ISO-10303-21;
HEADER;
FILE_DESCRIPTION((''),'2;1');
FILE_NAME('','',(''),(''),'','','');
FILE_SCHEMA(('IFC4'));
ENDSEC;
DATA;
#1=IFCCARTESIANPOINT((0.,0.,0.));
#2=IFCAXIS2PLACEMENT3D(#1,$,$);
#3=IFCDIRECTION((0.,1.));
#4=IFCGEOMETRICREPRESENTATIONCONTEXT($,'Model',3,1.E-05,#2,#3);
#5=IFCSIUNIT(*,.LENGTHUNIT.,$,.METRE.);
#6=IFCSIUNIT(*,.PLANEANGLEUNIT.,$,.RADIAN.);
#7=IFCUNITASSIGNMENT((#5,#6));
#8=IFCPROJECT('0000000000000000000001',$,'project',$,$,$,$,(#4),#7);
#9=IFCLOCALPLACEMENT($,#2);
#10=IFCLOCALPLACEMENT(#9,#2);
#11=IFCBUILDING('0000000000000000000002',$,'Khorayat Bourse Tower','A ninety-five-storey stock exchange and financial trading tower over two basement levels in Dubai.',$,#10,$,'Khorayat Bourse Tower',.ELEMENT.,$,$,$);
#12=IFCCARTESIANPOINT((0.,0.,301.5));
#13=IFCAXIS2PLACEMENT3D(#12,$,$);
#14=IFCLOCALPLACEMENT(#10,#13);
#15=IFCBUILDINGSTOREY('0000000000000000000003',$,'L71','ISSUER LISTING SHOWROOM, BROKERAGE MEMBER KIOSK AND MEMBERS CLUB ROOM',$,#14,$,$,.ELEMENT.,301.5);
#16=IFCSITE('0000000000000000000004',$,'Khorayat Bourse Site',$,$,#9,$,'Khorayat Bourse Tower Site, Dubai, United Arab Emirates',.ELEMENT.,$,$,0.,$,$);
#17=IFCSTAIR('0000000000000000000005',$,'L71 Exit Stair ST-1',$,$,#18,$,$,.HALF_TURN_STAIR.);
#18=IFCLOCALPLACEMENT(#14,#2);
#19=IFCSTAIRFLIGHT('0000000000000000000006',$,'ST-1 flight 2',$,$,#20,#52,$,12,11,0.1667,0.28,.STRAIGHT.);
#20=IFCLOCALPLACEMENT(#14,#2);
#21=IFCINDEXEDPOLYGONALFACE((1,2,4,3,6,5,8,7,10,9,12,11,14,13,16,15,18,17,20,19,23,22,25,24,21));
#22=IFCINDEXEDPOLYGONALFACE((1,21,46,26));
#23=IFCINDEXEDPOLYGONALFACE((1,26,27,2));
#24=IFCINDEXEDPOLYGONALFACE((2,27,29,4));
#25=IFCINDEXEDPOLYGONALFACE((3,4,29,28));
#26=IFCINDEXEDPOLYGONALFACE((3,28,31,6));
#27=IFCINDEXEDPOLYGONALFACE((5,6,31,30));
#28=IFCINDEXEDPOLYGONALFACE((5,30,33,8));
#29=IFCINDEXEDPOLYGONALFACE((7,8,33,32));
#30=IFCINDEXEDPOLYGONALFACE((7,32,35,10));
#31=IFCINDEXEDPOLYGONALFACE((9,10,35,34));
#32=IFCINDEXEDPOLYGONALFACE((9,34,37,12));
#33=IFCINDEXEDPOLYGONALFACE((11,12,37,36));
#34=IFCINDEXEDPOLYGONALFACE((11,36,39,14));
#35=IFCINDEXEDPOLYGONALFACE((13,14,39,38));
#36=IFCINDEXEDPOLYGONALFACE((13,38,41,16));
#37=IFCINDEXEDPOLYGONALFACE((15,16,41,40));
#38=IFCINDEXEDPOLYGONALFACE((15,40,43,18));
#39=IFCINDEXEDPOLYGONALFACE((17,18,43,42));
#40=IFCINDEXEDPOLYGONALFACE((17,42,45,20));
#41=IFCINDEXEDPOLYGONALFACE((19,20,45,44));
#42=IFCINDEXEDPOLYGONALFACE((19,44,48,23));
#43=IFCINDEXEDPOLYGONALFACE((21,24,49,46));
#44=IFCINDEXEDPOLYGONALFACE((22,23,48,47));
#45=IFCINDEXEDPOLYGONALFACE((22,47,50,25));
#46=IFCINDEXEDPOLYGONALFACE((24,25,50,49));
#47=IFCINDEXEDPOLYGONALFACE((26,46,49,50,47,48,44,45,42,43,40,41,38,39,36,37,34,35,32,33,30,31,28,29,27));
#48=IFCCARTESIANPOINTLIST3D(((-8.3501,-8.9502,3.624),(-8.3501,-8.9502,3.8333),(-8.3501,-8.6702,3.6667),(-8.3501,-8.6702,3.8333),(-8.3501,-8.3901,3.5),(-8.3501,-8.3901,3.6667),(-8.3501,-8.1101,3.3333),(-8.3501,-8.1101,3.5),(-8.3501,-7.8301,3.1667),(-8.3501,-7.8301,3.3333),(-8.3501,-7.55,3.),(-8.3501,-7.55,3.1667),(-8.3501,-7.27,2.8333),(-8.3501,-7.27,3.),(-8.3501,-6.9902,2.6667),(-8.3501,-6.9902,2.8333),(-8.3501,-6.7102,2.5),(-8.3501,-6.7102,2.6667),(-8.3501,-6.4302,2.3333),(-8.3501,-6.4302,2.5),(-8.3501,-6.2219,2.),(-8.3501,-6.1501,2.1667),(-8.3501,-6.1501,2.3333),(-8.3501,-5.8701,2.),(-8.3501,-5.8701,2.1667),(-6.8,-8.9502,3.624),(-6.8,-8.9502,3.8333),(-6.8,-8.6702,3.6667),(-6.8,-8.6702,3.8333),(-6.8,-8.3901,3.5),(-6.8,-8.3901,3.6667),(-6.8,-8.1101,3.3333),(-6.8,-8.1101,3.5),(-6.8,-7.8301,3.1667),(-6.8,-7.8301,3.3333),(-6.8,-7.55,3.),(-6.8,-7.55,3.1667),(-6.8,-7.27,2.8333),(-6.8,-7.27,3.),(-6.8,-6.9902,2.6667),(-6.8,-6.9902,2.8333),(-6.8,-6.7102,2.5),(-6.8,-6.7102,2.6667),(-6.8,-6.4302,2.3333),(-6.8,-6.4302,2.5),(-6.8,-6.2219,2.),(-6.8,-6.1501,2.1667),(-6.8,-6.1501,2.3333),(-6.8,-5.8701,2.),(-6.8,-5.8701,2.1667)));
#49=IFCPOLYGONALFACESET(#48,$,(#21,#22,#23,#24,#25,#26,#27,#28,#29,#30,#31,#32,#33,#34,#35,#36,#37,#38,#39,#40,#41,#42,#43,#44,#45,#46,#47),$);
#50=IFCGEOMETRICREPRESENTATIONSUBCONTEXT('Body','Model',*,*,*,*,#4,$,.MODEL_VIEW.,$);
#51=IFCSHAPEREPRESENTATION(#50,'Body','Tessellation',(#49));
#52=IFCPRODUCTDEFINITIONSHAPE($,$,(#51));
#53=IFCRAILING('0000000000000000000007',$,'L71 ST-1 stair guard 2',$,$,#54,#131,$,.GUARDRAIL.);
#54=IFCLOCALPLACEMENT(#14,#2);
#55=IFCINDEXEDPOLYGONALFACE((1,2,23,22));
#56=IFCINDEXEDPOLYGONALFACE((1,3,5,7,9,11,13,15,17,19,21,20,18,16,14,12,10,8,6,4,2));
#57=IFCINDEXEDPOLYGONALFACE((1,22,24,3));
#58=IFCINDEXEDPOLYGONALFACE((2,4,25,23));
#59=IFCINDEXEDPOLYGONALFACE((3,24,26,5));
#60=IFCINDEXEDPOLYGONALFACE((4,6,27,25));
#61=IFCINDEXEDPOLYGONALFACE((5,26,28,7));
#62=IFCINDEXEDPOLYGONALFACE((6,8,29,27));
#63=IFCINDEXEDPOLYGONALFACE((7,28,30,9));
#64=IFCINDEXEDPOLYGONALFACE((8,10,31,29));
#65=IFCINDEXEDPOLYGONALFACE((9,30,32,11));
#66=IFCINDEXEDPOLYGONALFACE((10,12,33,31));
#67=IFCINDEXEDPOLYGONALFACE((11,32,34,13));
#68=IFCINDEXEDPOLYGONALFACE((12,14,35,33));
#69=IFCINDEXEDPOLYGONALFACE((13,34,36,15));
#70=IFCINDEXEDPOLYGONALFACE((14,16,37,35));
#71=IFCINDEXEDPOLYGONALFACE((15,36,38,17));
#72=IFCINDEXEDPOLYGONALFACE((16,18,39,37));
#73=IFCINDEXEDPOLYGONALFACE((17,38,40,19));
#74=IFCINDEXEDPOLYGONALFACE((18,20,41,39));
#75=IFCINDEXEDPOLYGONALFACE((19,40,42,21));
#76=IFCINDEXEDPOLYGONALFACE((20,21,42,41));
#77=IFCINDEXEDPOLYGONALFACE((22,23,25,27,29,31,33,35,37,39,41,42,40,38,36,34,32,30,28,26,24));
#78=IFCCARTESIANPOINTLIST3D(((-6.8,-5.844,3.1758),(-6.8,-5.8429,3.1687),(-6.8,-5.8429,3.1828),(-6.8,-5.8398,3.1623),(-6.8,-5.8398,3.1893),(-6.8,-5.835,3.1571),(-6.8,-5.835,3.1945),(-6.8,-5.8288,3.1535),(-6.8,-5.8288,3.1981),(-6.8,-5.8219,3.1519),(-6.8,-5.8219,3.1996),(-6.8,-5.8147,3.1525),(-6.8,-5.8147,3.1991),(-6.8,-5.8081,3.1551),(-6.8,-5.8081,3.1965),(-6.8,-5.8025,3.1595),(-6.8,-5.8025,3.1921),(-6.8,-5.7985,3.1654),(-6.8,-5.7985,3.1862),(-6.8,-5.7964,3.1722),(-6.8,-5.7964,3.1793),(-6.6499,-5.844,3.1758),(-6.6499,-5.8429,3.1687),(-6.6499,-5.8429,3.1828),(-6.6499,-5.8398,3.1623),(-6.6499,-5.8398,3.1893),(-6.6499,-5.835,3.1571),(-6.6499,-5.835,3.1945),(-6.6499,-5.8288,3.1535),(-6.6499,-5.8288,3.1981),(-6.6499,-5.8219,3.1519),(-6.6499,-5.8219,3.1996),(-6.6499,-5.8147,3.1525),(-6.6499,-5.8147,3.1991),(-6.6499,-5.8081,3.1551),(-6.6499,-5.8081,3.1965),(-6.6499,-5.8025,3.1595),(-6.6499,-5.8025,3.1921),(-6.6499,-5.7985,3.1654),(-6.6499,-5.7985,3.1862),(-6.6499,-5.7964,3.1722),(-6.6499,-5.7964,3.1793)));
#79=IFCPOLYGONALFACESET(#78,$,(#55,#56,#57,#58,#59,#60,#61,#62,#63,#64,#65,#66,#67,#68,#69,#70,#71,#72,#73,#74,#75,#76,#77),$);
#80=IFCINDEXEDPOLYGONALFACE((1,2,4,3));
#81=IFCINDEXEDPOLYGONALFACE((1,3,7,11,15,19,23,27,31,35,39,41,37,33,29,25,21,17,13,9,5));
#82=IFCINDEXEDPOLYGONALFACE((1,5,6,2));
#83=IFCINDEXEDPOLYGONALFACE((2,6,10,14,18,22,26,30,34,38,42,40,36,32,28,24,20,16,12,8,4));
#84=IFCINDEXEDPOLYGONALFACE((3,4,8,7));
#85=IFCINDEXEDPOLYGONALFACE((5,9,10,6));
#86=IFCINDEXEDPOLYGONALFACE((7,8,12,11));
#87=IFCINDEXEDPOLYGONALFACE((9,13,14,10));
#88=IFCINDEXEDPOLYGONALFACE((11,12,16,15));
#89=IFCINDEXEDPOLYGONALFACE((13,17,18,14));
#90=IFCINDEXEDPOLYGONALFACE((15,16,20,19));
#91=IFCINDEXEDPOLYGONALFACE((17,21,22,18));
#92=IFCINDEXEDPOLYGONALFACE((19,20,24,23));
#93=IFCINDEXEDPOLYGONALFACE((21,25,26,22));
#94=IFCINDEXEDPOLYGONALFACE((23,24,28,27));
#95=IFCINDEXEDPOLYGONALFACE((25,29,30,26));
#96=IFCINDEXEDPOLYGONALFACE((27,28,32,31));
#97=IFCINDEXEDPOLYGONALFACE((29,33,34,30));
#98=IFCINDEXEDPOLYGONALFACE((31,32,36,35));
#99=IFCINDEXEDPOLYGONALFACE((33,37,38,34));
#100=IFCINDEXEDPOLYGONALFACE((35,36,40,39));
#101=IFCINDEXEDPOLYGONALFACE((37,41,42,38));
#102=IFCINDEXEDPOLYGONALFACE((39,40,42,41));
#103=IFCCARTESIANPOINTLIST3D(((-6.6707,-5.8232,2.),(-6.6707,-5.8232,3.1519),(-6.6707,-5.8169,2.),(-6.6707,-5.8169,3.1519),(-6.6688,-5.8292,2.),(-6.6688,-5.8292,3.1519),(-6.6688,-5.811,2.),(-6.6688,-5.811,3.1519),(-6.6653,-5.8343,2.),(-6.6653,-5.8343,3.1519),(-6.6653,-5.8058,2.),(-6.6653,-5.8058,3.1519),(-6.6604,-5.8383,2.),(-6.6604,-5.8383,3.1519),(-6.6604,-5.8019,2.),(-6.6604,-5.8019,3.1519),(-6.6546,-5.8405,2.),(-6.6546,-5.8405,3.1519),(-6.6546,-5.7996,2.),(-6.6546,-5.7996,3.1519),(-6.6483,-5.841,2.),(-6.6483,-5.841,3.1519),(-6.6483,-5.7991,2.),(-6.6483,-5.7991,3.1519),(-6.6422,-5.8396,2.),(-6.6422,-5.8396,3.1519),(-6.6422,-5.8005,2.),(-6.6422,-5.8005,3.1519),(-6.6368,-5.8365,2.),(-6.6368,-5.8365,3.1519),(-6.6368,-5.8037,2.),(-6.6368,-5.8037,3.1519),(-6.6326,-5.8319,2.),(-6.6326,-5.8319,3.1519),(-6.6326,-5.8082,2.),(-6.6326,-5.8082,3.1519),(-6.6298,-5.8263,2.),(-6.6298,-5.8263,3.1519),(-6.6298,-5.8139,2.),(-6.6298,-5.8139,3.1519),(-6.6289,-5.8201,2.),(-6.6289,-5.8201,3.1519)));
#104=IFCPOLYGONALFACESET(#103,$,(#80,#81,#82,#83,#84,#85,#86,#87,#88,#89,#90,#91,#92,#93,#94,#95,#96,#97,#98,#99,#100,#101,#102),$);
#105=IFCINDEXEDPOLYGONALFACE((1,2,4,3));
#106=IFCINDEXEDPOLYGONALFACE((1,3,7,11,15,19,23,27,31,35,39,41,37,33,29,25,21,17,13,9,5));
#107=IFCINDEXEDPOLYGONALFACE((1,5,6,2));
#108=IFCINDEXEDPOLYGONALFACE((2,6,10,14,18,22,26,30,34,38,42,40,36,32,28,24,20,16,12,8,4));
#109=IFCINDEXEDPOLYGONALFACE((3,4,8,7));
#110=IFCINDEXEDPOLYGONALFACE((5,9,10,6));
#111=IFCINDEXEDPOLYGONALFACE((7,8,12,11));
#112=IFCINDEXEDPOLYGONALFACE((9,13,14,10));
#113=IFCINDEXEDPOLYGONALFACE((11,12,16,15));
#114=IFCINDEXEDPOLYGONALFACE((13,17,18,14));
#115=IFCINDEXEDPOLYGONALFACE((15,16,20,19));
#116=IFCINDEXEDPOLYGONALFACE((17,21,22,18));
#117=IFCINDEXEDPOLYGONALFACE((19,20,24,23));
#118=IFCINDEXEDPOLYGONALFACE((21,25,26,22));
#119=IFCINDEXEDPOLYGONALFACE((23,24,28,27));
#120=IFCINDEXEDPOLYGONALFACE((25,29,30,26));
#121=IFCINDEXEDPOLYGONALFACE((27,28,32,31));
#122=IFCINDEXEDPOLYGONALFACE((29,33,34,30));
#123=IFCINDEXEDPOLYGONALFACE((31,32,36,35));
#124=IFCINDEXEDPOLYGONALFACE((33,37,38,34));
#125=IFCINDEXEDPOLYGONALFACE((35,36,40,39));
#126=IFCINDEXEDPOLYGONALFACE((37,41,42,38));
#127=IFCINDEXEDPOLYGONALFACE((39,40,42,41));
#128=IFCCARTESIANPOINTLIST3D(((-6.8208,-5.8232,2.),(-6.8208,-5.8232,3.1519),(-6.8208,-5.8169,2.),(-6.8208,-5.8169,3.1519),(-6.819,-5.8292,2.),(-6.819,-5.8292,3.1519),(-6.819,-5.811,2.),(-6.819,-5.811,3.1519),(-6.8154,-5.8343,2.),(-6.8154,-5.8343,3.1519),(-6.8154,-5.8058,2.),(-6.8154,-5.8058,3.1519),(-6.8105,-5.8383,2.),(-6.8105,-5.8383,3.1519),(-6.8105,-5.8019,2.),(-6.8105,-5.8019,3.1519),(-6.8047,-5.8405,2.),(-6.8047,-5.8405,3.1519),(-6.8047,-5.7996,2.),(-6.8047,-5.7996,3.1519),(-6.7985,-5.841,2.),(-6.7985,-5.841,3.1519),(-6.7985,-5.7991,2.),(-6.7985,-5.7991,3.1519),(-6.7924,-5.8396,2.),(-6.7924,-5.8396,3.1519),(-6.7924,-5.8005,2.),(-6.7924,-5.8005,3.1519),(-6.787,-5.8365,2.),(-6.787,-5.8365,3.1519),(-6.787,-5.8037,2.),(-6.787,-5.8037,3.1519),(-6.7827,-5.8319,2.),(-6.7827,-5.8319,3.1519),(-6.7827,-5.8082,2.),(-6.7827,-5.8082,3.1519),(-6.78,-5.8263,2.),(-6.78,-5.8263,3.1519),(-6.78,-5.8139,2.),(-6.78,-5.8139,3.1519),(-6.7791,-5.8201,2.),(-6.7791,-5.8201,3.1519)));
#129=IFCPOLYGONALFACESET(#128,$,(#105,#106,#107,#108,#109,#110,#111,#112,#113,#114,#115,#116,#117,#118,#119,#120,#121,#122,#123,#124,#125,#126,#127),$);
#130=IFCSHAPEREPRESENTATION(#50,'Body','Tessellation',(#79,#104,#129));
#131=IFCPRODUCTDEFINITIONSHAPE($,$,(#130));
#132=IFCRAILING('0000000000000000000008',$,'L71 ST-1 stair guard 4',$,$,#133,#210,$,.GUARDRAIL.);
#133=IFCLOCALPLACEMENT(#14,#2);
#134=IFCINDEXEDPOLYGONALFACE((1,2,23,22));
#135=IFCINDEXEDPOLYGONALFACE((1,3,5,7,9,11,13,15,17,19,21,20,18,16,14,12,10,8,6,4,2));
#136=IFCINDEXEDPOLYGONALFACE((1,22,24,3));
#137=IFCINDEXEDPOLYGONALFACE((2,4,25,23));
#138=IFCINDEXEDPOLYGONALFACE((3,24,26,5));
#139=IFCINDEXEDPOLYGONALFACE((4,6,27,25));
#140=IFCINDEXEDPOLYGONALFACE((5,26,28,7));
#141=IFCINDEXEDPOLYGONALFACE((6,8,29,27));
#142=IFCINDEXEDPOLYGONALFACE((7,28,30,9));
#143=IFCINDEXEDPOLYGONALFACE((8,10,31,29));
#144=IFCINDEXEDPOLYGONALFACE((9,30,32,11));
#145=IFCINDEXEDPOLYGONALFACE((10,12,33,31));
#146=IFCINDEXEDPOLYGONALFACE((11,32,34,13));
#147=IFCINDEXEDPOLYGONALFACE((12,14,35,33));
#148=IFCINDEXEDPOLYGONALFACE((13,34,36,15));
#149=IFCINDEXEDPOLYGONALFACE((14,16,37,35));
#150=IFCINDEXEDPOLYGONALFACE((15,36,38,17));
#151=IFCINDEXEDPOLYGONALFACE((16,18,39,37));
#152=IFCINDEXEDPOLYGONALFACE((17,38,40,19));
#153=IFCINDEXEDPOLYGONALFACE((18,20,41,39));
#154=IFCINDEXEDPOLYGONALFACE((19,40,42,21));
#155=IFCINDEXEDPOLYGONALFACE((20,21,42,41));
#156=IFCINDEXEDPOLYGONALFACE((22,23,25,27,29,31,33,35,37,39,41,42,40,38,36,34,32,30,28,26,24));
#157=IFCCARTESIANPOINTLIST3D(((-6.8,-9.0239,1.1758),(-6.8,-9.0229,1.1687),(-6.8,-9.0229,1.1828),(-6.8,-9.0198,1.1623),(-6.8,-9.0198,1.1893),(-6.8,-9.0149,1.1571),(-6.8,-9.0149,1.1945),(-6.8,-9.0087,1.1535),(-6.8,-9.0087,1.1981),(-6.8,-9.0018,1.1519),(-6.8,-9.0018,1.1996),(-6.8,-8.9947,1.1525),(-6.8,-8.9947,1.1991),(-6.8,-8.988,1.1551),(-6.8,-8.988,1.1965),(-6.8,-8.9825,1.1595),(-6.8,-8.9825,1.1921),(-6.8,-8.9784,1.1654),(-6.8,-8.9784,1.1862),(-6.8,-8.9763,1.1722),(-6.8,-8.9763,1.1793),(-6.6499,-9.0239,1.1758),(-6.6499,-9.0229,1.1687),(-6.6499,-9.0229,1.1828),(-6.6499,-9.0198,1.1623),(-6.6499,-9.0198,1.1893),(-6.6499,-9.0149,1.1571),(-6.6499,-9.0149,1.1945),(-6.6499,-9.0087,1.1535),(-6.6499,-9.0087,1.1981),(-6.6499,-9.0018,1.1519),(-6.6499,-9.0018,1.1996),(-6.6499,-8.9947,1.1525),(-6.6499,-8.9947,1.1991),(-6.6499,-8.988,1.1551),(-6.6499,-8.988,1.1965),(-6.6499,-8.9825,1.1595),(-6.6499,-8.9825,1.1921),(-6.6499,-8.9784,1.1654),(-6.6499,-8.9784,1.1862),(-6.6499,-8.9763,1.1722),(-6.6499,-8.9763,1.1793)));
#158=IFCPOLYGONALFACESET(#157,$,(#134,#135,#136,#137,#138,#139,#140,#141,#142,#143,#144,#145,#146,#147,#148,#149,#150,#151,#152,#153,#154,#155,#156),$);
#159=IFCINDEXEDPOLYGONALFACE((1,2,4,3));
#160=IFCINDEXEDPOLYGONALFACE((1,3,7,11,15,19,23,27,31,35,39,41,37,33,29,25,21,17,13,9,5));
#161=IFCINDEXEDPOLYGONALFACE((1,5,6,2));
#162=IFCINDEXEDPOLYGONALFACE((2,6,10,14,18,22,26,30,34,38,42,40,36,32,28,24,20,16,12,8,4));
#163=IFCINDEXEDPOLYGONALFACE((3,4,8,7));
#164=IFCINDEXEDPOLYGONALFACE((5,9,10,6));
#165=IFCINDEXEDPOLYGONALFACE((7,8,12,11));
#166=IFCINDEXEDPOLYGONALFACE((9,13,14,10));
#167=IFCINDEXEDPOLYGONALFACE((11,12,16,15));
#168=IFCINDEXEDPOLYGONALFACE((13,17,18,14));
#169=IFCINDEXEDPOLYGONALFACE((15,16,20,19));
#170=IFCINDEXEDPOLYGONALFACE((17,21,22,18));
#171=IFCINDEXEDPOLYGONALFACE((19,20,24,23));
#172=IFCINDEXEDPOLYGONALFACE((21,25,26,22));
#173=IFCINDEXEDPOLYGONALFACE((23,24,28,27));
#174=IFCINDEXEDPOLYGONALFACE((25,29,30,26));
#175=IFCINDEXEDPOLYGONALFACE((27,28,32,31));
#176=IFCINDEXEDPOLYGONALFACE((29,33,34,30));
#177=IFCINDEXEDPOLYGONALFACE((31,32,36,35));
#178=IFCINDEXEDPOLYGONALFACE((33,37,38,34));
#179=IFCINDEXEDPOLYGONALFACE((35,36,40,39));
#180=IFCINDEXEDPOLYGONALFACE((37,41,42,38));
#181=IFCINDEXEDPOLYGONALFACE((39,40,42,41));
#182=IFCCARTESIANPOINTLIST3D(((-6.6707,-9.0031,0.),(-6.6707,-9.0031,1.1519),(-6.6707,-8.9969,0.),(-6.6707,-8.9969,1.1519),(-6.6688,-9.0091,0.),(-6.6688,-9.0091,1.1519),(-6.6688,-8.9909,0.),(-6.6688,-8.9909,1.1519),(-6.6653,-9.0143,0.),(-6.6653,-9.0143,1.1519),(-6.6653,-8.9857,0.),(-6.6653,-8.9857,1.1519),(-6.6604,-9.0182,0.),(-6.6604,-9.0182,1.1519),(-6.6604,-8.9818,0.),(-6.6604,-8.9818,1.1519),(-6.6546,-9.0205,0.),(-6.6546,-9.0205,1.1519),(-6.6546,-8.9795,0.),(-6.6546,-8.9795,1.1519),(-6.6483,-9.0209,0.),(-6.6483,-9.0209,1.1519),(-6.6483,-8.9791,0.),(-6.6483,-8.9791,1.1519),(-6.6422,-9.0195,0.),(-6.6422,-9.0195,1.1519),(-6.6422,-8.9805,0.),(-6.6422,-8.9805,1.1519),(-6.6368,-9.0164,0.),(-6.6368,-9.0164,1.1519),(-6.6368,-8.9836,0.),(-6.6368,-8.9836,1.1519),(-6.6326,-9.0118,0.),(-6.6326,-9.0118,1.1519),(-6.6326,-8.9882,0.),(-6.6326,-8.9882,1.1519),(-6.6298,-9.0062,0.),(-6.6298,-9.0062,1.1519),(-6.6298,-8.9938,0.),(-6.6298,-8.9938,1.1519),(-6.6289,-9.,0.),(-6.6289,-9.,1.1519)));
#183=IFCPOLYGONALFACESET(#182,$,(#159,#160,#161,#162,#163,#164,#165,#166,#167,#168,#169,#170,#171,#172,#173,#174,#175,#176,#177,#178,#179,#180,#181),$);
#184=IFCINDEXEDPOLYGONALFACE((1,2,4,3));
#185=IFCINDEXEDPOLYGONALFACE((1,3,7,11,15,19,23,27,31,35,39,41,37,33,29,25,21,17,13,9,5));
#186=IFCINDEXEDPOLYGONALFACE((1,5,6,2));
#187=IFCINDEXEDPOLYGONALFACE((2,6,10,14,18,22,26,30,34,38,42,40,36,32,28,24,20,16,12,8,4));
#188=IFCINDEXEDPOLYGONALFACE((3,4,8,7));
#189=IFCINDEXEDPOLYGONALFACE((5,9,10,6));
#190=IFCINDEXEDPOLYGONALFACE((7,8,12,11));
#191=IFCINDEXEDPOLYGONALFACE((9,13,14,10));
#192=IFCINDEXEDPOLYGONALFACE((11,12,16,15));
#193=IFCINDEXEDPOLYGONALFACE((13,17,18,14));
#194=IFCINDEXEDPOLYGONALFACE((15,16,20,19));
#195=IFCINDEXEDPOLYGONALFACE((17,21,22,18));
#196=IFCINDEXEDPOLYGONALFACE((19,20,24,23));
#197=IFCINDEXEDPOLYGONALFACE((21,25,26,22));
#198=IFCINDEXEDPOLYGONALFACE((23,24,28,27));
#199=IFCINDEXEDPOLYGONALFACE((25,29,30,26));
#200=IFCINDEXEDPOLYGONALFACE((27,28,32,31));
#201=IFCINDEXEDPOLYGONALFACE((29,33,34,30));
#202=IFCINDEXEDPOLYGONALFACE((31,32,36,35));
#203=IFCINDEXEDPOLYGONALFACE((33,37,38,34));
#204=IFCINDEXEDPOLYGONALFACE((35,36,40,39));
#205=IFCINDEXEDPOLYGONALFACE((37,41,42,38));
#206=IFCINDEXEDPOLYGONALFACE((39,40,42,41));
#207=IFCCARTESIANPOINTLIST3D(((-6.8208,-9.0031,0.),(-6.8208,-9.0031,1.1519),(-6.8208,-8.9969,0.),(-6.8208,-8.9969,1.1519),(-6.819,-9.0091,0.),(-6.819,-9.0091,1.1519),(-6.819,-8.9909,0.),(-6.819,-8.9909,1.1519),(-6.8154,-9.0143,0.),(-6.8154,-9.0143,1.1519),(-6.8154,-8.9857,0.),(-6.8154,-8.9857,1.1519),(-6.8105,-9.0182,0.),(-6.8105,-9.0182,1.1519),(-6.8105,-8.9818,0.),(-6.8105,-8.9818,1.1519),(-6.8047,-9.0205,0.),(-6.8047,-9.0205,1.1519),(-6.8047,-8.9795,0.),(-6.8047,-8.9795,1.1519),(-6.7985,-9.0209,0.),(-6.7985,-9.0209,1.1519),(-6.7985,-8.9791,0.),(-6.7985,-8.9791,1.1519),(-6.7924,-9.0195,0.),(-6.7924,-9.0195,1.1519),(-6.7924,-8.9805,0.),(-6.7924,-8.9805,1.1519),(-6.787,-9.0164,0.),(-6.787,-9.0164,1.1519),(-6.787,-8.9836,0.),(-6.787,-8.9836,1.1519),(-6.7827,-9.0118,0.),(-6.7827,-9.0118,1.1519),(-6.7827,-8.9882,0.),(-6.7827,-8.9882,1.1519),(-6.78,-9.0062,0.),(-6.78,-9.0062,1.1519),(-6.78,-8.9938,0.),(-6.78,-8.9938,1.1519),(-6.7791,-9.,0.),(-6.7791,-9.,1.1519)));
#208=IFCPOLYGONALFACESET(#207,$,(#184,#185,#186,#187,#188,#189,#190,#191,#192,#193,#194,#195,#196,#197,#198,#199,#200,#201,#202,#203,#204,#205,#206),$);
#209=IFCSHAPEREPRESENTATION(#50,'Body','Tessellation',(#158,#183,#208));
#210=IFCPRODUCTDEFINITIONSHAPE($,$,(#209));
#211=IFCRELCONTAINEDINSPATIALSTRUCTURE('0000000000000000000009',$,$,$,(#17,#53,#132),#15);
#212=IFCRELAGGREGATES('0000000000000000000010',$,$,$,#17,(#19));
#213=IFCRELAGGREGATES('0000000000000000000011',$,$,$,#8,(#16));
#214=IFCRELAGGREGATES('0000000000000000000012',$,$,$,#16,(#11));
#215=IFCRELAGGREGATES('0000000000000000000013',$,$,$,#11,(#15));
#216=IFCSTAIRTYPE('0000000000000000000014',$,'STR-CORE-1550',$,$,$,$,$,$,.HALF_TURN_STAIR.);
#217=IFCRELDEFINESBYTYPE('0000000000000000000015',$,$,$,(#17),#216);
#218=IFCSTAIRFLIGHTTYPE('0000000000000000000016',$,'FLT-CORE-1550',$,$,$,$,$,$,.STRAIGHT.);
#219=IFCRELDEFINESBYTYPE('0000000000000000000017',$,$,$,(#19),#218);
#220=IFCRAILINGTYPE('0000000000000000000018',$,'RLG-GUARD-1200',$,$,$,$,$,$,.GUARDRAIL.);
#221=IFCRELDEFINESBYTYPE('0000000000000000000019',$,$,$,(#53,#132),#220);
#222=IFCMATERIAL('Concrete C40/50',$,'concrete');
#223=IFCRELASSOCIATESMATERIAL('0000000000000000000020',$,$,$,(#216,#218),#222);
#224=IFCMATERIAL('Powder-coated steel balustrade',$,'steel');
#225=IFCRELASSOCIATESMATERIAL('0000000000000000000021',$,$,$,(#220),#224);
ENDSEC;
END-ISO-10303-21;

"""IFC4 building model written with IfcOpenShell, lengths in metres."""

from ifc_helpers import new_model, si_unit, direction, frame, origin, origin_2d, place, context, subcontext, project, spatial, polyline, circle, outline, extrude, source, transform, mapped, material, type_object, element, aggregate, save


model = new_model("IFC4")

# Units and contexts
model_context = context("Model", 3, precision=1e-05, world=origin(), true_north=direction((0.0, 1.0)))
body_context = subcontext(model_context, "Body", "Model", "MODEL_VIEW")
ifc_project = project(units=[si_unit("LENGTHUNIT", "METRE"), si_unit("PLANEANGLEUNIT", "RADIAN")], contexts=[model_context])

# Site, building, storey
site_placement = place(None, origin())
site = spatial("IfcSite", under=ifc_project, at=site_placement, Name="Khorayat Bourse Site", LongName="Khorayat Bourse Tower Site, Dubai, United Arab Emirates", CompositionType="ELEMENT", RefElevation=0.0)
building_placement = place(site_placement, origin())
building = spatial("IfcBuilding", under=site, at=building_placement, Name="Khorayat Bourse Tower", Description="A ninety-five-storey stock exchange and financial trading tower over two basement levels in Dubai.", LongName="Khorayat Bourse Tower", CompositionType="ELEMENT")
storey_placement = place(building_placement, frame((0.0, 0.0, 301.5)))
storey = spatial("IfcBuildingStorey", under=building, at=storey_placement, Name="L71", Description="ISSUER LISTING SHOWROOM, BROKERAGE MEMBER KIOSK AND MEMBERS CLUB ROOM", CompositionType="ELEMENT", Elevation=301.5)

# Stair, stair flight
ifc_material_1 = material(Name="Concrete C40/50", Category="concrete")
stair_type = type_object("IfcStairType", Name="STR-CORE-1550", PredefinedType="HALF_TURN_STAIR", material=ifc_material_1)
stair_placement = place(storey_placement, origin())
stair = element("IfcStair", 1, at=stair_placement, inside=storey, type_object=stair_type, Name="L71 Exit Stair ST-1", PredefinedType="HALF_TURN_STAIR")
stair_flight_type = type_object("IfcStairFlightType", Name="FLT-CORE-1550", PredefinedType="STRAIGHT", material=ifc_material_1)
shared_shape_1 = source(origin(), body_context, "Body", "SweptSolid", [
    extrude(outline(polyline([(0.0, 0.0), (0.0, 0.1667), (0.28, 0.1667), (0.28, 0.3333), (0.5601, 0.3333), (0.5601, 0.5), (0.8401, 0.5), (0.8401, 0.6667), (1.1201, 0.6667), (1.1201, 0.8333), (1.3999, 0.8333), (1.3999, 1.0), (1.6799, 1.0), (1.6799, 1.1667), (1.96, 1.1667), (1.96, 1.3333), (2.24, 1.3333), (2.24, 1.5), (2.52, 1.5), (2.52, 1.6667), (2.8, 1.6667), (2.8, 1.8333), (3.0801, 1.8333), (3.0801, 2.0), (3.0801, 1.624), (0.3518, 0.0), (0.0, 0.0)])), frame((0.0, 0.7749, 0.0), z_axis=(0.0, -1.0, 0.0), x_axis=(1.0, 0.0, 0.0)), (0.0, 0.0, 1.0), 1.55),
])
stair_flight_1_placement = place(storey_placement, frame((-7.575, -5.8701, 2.0), z_axis=(0.0, 0.0, 1.0), x_axis=(0.0, -1.0, 0.0)))
stair_flight_1 = element("IfcStairFlight", 2, at=stair_flight_1_placement, type_object=stair_flight_type, Name="ST-1 flight 2", NumberOfRisers=12, NumberOfTreads=11, PredefinedType="STRAIGHT", RiserHeight=0.1667, TreadLength=0.28, context=body_context, shape_type="MappedRepresentation", body=[
    mapped(shared_shape_1, transform((0.0, 0.0, 0.0), scale=1.0)),
])
aggregate(stair, [stair_flight_1])

# Railings
ifc_material_2 = material(Name="Powder-coated steel balustrade", Category="steel")
railing_type_1 = type_object("IfcRailingType", Name="RLG-GUARD-1200", PredefinedType="GUARDRAIL", material=ifc_material_2)
shared_shape_2 = source(origin(), body_context, "Body", "SweptSolid", [
    extrude(circle(Radius=0.0239, at=origin_2d()), frame((0.0, 0.0, 1.1758), z_axis=(-1.0, 0.0, 0.0), x_axis=(0.0, -1.0, 0.0)), (0.0, 0.0, 1.0), 0.1501),
    extrude(circle(Radius=0.021, at=origin_2d()), origin(), (0.0, 0.0, 1.0), 1.1519),
    extrude(circle(Radius=0.021, at=origin_2d()), frame((-0.1501, 0.0, 0.0)), (0.0, 0.0, 1.0), 1.1519),
])
for number, where, name in (
    (3, (-6.6499, -5.8201, 2.0), "L71 ST-1 stair guard 2"),
    (4, (-6.6499, -9.0, 0.0), "L71 ST-1 stair guard 4"),
):
    element("IfcRailing", number, at=place(storey_placement, frame(where)), inside=storey, type_object=railing_type_1, Name=name, PredefinedType="GUARDRAIL", context=body_context, shape_type="MappedRepresentation", body=[
        mapped(shared_shape_2, transform((0.0, 0.0, 0.0), scale=1.0)),
    ])

save(model, "model.ifc")
